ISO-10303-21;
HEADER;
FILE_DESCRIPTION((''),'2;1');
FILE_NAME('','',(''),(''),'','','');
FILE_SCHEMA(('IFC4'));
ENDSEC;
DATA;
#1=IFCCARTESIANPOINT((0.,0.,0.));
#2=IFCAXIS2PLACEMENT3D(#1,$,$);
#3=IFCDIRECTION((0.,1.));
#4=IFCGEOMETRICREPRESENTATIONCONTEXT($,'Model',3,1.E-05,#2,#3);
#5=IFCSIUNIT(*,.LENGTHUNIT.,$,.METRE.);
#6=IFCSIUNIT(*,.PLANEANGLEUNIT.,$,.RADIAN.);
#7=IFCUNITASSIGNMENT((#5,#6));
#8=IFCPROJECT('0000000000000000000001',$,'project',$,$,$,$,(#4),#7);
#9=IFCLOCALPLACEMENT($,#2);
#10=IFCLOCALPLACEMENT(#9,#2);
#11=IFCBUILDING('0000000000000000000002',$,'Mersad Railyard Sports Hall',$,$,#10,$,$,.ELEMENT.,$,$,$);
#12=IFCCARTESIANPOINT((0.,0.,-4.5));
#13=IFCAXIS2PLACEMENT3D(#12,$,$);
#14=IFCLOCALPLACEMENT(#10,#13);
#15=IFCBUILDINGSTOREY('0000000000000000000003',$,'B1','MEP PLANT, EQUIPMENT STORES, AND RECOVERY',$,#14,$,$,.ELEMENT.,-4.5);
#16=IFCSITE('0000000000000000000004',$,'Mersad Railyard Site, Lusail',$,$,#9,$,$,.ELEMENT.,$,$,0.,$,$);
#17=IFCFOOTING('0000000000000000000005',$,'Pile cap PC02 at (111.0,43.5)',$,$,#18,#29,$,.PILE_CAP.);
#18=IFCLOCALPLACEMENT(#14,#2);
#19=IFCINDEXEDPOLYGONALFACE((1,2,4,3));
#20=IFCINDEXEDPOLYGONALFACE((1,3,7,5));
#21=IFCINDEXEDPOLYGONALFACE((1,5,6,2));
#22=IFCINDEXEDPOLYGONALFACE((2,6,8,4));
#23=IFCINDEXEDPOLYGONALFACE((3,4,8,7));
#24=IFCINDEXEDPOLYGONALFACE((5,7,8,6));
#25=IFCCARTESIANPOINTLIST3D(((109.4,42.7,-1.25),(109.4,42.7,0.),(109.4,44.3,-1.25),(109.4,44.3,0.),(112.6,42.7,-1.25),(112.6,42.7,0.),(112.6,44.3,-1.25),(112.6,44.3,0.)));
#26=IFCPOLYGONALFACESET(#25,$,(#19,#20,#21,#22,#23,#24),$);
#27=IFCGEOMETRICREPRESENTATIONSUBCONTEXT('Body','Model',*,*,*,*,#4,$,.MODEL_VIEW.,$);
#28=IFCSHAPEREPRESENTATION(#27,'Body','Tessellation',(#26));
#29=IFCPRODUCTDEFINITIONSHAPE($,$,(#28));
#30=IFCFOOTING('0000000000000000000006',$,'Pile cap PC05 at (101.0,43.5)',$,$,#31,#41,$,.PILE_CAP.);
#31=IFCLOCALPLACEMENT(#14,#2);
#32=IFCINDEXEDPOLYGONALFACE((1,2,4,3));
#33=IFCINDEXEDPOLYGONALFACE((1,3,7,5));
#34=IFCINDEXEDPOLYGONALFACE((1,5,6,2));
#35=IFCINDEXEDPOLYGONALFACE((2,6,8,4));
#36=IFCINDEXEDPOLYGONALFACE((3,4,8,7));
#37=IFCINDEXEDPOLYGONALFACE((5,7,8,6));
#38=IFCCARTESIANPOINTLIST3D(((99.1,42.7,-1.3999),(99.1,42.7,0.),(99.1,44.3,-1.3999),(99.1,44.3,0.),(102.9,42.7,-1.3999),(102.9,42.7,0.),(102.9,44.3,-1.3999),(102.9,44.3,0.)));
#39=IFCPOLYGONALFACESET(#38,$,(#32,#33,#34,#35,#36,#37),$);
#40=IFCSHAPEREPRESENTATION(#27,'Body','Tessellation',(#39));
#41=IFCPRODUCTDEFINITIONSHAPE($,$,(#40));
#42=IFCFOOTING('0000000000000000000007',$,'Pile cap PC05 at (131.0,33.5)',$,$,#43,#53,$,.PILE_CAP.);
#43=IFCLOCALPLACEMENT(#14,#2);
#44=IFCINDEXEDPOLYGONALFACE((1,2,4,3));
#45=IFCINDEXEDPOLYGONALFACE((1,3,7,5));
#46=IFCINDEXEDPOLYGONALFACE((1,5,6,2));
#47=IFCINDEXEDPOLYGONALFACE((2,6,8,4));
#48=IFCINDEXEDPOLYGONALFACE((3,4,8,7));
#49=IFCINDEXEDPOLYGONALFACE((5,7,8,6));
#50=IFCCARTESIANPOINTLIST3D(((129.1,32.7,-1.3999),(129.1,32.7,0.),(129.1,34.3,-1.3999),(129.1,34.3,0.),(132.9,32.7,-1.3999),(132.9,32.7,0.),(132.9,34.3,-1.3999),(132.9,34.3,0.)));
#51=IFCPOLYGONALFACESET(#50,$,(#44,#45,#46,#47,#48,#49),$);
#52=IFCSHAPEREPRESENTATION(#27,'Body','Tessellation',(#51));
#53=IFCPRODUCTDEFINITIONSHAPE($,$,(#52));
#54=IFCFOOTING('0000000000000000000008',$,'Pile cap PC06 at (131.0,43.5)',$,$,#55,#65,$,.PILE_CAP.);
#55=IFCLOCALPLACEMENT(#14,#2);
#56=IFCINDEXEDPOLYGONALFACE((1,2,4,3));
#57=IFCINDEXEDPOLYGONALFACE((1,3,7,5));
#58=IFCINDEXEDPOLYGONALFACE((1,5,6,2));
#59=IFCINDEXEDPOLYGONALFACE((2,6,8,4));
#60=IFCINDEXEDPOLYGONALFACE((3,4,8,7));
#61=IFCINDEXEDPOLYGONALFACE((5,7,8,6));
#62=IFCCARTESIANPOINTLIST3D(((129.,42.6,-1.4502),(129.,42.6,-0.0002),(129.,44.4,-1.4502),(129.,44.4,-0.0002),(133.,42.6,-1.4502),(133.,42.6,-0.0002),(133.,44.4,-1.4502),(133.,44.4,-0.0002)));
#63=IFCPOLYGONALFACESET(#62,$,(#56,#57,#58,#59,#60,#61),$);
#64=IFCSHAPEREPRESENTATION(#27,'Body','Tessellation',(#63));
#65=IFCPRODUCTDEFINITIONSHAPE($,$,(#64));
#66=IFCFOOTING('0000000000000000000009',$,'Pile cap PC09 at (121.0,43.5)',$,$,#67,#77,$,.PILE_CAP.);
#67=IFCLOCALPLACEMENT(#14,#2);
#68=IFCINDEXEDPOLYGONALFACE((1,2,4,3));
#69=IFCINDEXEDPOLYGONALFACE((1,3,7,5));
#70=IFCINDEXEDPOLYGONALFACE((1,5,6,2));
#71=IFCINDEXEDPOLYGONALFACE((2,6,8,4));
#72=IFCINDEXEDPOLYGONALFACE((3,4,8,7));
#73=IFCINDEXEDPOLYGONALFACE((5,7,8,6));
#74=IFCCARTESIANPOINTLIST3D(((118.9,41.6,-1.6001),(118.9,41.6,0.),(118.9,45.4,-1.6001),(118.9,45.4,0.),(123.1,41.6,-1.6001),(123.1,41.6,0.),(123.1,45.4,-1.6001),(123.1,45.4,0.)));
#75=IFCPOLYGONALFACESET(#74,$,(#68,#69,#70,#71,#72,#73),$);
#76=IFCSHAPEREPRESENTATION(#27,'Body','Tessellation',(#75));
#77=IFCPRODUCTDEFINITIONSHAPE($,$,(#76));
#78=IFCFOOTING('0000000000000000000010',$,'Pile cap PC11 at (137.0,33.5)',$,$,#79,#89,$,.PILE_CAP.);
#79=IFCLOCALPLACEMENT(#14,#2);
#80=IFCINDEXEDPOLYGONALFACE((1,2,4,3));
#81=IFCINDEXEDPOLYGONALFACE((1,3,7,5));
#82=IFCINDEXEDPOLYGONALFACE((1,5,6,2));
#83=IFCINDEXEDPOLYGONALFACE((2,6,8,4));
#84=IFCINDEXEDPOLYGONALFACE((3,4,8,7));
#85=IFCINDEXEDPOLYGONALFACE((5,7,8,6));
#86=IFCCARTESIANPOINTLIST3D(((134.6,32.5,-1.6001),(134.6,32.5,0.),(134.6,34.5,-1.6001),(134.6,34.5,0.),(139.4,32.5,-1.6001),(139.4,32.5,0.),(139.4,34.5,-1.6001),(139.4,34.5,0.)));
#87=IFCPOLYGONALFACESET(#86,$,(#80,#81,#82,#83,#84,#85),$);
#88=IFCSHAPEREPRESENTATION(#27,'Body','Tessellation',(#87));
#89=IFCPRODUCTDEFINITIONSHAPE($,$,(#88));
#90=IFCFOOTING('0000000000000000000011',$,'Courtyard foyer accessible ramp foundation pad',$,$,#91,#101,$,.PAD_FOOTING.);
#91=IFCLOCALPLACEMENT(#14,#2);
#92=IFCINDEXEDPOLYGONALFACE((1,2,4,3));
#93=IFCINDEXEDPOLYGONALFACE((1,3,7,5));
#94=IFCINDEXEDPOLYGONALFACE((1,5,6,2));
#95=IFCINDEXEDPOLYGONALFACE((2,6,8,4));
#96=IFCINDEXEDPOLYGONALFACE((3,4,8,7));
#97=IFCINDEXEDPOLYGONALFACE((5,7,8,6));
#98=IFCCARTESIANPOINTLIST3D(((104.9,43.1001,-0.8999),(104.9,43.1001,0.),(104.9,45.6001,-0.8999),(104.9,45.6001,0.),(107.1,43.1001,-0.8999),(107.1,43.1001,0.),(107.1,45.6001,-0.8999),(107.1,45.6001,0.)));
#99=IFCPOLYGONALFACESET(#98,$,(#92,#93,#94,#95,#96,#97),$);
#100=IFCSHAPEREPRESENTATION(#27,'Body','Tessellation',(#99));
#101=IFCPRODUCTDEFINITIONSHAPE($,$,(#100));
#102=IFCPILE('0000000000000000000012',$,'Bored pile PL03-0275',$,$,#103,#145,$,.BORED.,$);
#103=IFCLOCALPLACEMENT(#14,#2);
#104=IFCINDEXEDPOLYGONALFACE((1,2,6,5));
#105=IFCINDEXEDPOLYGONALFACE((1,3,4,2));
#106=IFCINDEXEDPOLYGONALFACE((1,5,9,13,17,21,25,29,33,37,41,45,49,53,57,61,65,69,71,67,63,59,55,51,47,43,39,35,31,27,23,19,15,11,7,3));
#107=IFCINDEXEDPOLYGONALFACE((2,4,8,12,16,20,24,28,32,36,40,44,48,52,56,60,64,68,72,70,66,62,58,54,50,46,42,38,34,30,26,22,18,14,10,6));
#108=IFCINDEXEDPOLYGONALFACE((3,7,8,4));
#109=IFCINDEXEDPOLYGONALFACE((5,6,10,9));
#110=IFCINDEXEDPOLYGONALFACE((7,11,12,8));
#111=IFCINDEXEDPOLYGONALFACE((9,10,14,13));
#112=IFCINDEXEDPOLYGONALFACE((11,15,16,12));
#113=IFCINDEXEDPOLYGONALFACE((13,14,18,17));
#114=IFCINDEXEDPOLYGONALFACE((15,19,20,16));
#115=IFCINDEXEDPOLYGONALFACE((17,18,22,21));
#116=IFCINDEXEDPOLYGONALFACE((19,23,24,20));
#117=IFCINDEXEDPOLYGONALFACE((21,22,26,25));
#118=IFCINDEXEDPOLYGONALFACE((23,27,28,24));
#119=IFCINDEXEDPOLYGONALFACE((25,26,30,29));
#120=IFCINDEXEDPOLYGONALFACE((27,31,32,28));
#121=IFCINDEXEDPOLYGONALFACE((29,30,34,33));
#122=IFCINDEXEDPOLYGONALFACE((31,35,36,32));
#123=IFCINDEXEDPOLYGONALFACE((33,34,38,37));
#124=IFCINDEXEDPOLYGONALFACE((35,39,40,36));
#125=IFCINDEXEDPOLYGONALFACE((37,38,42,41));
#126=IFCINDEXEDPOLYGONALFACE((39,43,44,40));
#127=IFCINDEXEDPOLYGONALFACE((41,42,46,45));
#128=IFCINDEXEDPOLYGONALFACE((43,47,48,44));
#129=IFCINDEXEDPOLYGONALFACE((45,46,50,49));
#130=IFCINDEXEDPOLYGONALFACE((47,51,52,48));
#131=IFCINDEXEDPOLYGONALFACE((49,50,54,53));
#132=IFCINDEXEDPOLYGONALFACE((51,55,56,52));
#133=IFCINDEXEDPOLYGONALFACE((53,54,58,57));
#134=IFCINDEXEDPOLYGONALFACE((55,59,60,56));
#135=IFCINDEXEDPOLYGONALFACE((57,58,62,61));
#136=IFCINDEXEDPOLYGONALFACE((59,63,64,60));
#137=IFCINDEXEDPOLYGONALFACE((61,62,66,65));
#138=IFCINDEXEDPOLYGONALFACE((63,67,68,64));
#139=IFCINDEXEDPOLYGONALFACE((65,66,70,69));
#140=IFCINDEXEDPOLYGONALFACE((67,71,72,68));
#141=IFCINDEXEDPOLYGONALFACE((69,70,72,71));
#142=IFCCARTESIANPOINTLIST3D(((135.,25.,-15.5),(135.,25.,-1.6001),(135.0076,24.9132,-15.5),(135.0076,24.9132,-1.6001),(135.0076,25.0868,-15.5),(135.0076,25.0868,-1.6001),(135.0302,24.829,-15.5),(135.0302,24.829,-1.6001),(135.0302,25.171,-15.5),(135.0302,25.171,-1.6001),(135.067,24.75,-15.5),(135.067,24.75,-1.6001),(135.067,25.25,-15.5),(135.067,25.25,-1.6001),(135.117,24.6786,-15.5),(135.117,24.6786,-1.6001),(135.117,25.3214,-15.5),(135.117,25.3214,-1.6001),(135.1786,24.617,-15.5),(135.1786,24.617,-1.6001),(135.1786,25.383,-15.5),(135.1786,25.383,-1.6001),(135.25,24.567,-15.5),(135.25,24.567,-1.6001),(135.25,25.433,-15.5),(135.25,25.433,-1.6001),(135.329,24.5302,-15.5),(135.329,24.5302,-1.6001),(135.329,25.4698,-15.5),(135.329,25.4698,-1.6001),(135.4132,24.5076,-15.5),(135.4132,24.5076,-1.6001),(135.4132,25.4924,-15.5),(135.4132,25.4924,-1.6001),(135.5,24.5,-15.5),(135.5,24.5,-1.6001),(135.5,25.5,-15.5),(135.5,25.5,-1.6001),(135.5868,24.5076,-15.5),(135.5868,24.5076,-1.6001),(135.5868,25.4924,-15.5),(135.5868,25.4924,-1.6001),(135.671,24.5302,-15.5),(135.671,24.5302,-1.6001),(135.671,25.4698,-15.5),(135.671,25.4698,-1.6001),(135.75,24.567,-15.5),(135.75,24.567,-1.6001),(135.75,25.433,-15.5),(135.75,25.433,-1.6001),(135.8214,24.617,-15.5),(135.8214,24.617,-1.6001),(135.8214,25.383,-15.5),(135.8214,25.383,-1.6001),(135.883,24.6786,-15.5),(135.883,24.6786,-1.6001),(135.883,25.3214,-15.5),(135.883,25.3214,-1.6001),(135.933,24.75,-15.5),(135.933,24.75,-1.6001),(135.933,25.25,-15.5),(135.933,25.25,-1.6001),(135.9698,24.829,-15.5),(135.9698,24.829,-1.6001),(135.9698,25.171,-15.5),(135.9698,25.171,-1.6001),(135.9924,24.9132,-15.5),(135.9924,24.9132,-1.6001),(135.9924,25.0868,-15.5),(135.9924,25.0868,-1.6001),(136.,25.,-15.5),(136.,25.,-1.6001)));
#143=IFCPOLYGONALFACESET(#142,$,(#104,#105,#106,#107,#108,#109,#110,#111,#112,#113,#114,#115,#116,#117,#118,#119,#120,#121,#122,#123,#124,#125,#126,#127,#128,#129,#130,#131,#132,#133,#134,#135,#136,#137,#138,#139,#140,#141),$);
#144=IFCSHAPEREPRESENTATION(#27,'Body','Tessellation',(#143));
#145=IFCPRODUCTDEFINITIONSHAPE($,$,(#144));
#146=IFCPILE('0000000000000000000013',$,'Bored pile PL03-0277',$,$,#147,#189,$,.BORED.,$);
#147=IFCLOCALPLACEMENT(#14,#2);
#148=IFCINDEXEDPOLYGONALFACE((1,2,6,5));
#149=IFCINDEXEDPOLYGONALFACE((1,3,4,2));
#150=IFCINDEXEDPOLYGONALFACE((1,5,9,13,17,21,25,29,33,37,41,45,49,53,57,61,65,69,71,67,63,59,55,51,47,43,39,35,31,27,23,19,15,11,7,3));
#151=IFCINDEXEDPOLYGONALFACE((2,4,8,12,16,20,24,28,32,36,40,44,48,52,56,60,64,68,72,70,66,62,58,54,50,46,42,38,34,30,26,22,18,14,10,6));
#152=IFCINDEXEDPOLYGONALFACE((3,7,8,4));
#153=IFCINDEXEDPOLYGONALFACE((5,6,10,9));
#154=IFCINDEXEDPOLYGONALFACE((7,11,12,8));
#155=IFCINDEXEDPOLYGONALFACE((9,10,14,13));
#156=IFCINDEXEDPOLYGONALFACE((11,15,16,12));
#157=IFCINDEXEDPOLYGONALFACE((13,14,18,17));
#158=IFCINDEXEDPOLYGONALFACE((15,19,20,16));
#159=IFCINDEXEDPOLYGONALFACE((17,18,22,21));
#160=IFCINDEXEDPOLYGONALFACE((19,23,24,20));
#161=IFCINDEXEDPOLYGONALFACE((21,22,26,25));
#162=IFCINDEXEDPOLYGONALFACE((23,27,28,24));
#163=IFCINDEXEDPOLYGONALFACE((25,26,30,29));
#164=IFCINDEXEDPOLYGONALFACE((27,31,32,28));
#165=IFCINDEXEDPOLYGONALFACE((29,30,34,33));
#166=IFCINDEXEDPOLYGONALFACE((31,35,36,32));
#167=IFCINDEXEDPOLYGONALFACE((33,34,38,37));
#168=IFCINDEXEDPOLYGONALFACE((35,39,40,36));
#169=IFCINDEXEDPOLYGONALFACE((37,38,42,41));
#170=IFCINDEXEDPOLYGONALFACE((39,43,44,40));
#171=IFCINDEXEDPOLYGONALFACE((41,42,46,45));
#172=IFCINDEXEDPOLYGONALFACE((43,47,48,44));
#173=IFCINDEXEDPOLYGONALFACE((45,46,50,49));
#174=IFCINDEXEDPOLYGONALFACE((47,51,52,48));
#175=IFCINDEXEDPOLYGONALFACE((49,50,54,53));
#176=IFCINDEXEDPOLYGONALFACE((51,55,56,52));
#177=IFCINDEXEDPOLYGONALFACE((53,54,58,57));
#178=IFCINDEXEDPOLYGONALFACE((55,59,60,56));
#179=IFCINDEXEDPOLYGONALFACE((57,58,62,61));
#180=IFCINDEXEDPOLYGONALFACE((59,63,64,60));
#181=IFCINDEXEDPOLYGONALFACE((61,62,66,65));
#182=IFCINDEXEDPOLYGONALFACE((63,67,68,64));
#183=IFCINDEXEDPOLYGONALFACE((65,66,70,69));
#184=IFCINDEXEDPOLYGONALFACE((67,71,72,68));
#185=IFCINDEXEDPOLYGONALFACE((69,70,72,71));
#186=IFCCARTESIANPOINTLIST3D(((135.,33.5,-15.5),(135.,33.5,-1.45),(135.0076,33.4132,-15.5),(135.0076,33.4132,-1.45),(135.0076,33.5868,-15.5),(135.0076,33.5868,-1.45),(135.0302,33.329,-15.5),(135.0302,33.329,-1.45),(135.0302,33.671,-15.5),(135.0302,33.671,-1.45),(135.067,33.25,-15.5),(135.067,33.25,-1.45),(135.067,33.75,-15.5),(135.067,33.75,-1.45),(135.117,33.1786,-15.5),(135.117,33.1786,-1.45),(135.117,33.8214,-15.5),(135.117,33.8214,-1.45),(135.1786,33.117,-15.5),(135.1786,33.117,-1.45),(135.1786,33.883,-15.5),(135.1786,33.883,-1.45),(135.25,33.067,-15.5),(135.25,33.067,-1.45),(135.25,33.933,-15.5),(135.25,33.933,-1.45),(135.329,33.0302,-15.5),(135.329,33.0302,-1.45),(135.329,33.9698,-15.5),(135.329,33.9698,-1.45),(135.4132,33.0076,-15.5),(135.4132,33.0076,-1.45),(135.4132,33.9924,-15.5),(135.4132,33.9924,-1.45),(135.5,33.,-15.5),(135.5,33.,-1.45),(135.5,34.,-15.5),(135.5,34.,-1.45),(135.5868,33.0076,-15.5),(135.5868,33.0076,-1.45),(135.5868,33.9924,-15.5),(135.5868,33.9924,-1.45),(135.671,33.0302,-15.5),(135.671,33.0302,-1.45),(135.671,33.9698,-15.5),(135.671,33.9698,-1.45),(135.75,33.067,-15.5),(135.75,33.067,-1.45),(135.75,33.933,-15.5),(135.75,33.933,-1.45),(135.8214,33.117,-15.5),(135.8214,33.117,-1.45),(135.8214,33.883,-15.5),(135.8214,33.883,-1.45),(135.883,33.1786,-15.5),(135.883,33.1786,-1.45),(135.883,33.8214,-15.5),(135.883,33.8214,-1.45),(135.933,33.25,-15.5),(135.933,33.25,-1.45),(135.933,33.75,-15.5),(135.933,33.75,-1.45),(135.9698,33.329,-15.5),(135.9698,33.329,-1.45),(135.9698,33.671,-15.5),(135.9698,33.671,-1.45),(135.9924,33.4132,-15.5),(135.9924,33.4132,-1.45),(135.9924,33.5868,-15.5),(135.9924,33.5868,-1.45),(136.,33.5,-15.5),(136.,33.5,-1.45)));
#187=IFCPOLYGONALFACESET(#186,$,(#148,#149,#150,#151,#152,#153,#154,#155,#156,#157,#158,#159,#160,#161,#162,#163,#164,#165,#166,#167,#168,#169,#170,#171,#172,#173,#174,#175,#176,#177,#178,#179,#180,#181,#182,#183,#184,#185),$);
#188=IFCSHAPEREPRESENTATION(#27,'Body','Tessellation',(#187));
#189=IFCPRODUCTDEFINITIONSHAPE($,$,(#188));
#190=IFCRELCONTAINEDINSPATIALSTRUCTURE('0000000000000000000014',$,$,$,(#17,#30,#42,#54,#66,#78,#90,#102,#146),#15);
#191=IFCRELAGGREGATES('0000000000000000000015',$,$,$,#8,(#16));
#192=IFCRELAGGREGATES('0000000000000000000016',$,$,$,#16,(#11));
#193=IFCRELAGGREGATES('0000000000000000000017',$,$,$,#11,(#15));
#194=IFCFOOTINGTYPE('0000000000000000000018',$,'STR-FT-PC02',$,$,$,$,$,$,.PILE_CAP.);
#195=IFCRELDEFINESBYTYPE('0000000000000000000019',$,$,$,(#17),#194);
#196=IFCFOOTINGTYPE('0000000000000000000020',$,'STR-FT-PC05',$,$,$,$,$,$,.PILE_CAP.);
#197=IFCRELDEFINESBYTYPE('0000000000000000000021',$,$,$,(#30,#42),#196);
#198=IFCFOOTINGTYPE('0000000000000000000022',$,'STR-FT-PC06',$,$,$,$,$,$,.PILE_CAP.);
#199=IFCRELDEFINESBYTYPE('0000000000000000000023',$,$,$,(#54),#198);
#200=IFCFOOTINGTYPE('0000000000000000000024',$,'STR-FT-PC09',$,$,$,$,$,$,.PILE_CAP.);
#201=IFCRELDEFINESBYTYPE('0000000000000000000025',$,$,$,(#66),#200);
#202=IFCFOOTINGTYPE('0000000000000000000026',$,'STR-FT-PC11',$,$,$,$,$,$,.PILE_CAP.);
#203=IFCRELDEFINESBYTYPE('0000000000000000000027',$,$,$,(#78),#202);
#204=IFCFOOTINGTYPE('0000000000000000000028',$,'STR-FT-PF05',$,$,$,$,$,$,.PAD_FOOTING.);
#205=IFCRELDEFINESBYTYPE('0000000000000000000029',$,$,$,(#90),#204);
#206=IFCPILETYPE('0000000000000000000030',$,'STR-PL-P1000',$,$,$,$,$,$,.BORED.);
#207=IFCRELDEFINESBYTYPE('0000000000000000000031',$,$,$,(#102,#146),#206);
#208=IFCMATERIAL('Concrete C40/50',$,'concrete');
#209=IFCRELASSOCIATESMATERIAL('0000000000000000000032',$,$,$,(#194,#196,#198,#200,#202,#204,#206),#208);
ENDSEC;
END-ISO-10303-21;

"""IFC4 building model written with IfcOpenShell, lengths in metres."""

from ifc_helpers import new_model, si_unit, direction, frame, origin, origin_2d, place, context, subcontext, project, spatial, rectangle, circle, extrude, material, material_profile, profile_set, type_object, element, save


model = new_model("IFC4")

# Units and contexts
model_context = context("Model", 3, precision=1e-05, world=origin(), true_north=direction((0.0, 1.0)))
body_context = subcontext(model_context, "Body", "Model", "MODEL_VIEW")
ifc_project = project(units=[si_unit("LENGTHUNIT", "METRE"), si_unit("PLANEANGLEUNIT", "RADIAN")], contexts=[model_context])

# Site, building, storey
site_placement = place(None, origin())
site = spatial("IfcSite", under=ifc_project, at=site_placement, Name="Mersad Railyard Site, Lusail", CompositionType="ELEMENT", RefElevation=0.0)
building_placement = place(site_placement, origin())
building = spatial("IfcBuilding", under=site, at=building_placement, Name="Mersad Railyard Sports Hall", CompositionType="ELEMENT")
storey_placement = place(building_placement, frame((0.0, 0.0, -4.5)))
storey = spatial("IfcBuildingStorey", under=building, at=storey_placement, Name="B1", Description="MEP PLANT, EQUIPMENT STORES, AND RECOVERY", CompositionType="ELEMENT", Elevation=-4.5)

# Footings
ifc_material_1 = material(Name="Concrete C40/50", Category="concrete")
footing_type_1 = type_object("IfcFootingType", Name="STR-FT-PC02", PredefinedType="PILE_CAP", material=ifc_material_1)
footing_1_placement = place(storey_placement, frame((111.0, 43.5, -1.25), z_axis=(0.0, 0.0, 1.0), x_axis=(1.0, 0.0, 0.0)))
element("IfcFooting", 1, at=footing_1_placement, inside=storey, type_object=footing_type_1, Name="Pile cap PC02 at (111.0,43.5)", PredefinedType="PILE_CAP", context=body_context, shape_type="SweptSolid", body=[
    extrude(rectangle(XDim=3.2, YDim=1.6001, at=origin_2d()), origin(), (0.0, 0.0, 1.0), 1.25),
])
footing_type_2 = type_object("IfcFootingType", Name="STR-FT-PC05", PredefinedType="PILE_CAP", material=ifc_material_1)
for number, where, z_axis, x_axis, name in (
    (2, (101.0, 43.5, -1.3999), (0.0, 0.0, 1.0), (1.0, 0.0, 0.0), "Pile cap PC05 at (101.0,43.5)"),
    (3, (131.0, 33.5, -1.3999), (0.0, 0.0, 1.0), (1.0, 0.0, 0.0), "Pile cap PC05 at (131.0,33.5)"),
):
    element("IfcFooting", number, at=place(storey_placement, frame(where, z_axis=z_axis, x_axis=x_axis)), inside=storey, type_object=footing_type_2, Name=name, PredefinedType="PILE_CAP", context=body_context, shape_type="SweptSolid", body=[
        extrude(rectangle(XDim=3.8, YDim=1.6001, at=origin_2d()), origin(), (0.0, 0.0, 1.0), 1.3999),
    ])
footing_type_3 = type_object("IfcFootingType", Name="STR-FT-PC06", PredefinedType="PILE_CAP", material=ifc_material_1)
footing_2_placement = place(storey_placement, frame((131.0, 43.5, -1.4502), z_axis=(0.0, 0.0, 1.0), x_axis=(1.0, 0.0, 0.0)))
element("IfcFooting", 4, at=footing_2_placement, inside=storey, type_object=footing_type_3, Name="Pile cap PC06 at (131.0,43.5)", PredefinedType="PILE_CAP", context=body_context, shape_type="SweptSolid", body=[
    extrude(rectangle(XDim=4.0, YDim=1.8, at=origin_2d()), origin(), (0.0, 0.0, 1.0), 1.45),
])
footing_type_4 = type_object("IfcFootingType", Name="STR-FT-PC09", PredefinedType="PILE_CAP", material=ifc_material_1)
footing_3_placement = place(storey_placement, frame((121.0, 43.5, -1.6001), z_axis=(0.0, 0.0, 1.0), x_axis=(1.0, 0.0, 0.0)))
element("IfcFooting", 5, at=footing_3_placement, inside=storey, type_object=footing_type_4, Name="Pile cap PC09 at (121.0,43.5)", PredefinedType="PILE_CAP", context=body_context, shape_type="SweptSolid", body=[
    extrude(rectangle(XDim=4.2, YDim=3.8, at=origin_2d()), origin(), (0.0, 0.0, 1.0), 1.6001),
])
footing_type_5 = type_object("IfcFootingType", Name="STR-FT-PC11", PredefinedType="PILE_CAP", material=ifc_material_1)
footing_4_placement = place(storey_placement, frame((137.0, 33.5, -1.6001), z_axis=(0.0, 0.0, 1.0), x_axis=(1.0, 0.0, 0.0)))
element("IfcFooting", 6, at=footing_4_placement, inside=storey, type_object=footing_type_5, Name="Pile cap PC11 at (137.0,33.5)", PredefinedType="PILE_CAP", context=body_context, shape_type="SweptSolid", body=[
    extrude(rectangle(XDim=4.8, YDim=2.0, at=origin_2d()), origin(), (0.0, 0.0, 1.0), 1.6001),
])
footing_type_6 = type_object("IfcFootingType", Name="STR-FT-PF05", PredefinedType="PAD_FOOTING", material=ifc_material_1)
footing_5_placement = place(storey_placement, frame((106.0, 44.3501, -0.8999), z_axis=(0.0, 0.0, 1.0), x_axis=(1.0, 0.0, 0.0)))
element("IfcFooting", 7, at=footing_5_placement, inside=storey, type_object=footing_type_6, Name="Courtyard foyer accessible ramp foundation pad", PredefinedType="PAD_FOOTING", context=body_context, shape_type="SweptSolid", body=[
    extrude(rectangle(XDim=2.2, YDim=2.5, at=origin_2d()), origin(), (0.0, 0.0, 1.0), 0.8999),
])

# Piles
ifc_material_profile_1 = material_profile(ifc_material_1, circle(Radius=0.5, at=origin_2d()), Name="BORED PILE D1000")
ifc_profile_set_1 = profile_set([ifc_material_profile_1], Name="Concrete C40/50")
pile_type_1 = type_object("IfcPileType", Name="STR-PL-P1000", PredefinedType="BORED", material=ifc_profile_set_1)
pile_1_placement = place(storey_placement, frame((135.5, 25.0, -1.6001), z_axis=(0.0, 0.0, -1.0), x_axis=(1.0, 0.0, 0.0)))
element("IfcPile", 8, at=pile_1_placement, inside=storey, type_object=pile_type_1, Name="Bored pile PL03-0275", PredefinedType="BORED", context=body_context, shape_type="SweptSolid", body=[
    extrude(circle(Radius=0.5, at=origin_2d()), origin(), (0.0, 0.0, 1.0), 13.8999),
])
pile_2_placement = place(storey_placement, frame((135.5, 33.5, -1.45), z_axis=(0.0, 0.0, -1.0), x_axis=(1.0, 0.0, 0.0)))
element("IfcPile", 9, at=pile_2_placement, inside=storey, type_object=pile_type_1, Name="Bored pile PL03-0277", PredefinedType="BORED", context=body_context, shape_type="SweptSolid", body=[
    extrude(circle(Radius=0.5, at=origin_2d()), origin(), (0.0, 0.0, 1.0), 14.05),
])

save(model, "model.ifc")
